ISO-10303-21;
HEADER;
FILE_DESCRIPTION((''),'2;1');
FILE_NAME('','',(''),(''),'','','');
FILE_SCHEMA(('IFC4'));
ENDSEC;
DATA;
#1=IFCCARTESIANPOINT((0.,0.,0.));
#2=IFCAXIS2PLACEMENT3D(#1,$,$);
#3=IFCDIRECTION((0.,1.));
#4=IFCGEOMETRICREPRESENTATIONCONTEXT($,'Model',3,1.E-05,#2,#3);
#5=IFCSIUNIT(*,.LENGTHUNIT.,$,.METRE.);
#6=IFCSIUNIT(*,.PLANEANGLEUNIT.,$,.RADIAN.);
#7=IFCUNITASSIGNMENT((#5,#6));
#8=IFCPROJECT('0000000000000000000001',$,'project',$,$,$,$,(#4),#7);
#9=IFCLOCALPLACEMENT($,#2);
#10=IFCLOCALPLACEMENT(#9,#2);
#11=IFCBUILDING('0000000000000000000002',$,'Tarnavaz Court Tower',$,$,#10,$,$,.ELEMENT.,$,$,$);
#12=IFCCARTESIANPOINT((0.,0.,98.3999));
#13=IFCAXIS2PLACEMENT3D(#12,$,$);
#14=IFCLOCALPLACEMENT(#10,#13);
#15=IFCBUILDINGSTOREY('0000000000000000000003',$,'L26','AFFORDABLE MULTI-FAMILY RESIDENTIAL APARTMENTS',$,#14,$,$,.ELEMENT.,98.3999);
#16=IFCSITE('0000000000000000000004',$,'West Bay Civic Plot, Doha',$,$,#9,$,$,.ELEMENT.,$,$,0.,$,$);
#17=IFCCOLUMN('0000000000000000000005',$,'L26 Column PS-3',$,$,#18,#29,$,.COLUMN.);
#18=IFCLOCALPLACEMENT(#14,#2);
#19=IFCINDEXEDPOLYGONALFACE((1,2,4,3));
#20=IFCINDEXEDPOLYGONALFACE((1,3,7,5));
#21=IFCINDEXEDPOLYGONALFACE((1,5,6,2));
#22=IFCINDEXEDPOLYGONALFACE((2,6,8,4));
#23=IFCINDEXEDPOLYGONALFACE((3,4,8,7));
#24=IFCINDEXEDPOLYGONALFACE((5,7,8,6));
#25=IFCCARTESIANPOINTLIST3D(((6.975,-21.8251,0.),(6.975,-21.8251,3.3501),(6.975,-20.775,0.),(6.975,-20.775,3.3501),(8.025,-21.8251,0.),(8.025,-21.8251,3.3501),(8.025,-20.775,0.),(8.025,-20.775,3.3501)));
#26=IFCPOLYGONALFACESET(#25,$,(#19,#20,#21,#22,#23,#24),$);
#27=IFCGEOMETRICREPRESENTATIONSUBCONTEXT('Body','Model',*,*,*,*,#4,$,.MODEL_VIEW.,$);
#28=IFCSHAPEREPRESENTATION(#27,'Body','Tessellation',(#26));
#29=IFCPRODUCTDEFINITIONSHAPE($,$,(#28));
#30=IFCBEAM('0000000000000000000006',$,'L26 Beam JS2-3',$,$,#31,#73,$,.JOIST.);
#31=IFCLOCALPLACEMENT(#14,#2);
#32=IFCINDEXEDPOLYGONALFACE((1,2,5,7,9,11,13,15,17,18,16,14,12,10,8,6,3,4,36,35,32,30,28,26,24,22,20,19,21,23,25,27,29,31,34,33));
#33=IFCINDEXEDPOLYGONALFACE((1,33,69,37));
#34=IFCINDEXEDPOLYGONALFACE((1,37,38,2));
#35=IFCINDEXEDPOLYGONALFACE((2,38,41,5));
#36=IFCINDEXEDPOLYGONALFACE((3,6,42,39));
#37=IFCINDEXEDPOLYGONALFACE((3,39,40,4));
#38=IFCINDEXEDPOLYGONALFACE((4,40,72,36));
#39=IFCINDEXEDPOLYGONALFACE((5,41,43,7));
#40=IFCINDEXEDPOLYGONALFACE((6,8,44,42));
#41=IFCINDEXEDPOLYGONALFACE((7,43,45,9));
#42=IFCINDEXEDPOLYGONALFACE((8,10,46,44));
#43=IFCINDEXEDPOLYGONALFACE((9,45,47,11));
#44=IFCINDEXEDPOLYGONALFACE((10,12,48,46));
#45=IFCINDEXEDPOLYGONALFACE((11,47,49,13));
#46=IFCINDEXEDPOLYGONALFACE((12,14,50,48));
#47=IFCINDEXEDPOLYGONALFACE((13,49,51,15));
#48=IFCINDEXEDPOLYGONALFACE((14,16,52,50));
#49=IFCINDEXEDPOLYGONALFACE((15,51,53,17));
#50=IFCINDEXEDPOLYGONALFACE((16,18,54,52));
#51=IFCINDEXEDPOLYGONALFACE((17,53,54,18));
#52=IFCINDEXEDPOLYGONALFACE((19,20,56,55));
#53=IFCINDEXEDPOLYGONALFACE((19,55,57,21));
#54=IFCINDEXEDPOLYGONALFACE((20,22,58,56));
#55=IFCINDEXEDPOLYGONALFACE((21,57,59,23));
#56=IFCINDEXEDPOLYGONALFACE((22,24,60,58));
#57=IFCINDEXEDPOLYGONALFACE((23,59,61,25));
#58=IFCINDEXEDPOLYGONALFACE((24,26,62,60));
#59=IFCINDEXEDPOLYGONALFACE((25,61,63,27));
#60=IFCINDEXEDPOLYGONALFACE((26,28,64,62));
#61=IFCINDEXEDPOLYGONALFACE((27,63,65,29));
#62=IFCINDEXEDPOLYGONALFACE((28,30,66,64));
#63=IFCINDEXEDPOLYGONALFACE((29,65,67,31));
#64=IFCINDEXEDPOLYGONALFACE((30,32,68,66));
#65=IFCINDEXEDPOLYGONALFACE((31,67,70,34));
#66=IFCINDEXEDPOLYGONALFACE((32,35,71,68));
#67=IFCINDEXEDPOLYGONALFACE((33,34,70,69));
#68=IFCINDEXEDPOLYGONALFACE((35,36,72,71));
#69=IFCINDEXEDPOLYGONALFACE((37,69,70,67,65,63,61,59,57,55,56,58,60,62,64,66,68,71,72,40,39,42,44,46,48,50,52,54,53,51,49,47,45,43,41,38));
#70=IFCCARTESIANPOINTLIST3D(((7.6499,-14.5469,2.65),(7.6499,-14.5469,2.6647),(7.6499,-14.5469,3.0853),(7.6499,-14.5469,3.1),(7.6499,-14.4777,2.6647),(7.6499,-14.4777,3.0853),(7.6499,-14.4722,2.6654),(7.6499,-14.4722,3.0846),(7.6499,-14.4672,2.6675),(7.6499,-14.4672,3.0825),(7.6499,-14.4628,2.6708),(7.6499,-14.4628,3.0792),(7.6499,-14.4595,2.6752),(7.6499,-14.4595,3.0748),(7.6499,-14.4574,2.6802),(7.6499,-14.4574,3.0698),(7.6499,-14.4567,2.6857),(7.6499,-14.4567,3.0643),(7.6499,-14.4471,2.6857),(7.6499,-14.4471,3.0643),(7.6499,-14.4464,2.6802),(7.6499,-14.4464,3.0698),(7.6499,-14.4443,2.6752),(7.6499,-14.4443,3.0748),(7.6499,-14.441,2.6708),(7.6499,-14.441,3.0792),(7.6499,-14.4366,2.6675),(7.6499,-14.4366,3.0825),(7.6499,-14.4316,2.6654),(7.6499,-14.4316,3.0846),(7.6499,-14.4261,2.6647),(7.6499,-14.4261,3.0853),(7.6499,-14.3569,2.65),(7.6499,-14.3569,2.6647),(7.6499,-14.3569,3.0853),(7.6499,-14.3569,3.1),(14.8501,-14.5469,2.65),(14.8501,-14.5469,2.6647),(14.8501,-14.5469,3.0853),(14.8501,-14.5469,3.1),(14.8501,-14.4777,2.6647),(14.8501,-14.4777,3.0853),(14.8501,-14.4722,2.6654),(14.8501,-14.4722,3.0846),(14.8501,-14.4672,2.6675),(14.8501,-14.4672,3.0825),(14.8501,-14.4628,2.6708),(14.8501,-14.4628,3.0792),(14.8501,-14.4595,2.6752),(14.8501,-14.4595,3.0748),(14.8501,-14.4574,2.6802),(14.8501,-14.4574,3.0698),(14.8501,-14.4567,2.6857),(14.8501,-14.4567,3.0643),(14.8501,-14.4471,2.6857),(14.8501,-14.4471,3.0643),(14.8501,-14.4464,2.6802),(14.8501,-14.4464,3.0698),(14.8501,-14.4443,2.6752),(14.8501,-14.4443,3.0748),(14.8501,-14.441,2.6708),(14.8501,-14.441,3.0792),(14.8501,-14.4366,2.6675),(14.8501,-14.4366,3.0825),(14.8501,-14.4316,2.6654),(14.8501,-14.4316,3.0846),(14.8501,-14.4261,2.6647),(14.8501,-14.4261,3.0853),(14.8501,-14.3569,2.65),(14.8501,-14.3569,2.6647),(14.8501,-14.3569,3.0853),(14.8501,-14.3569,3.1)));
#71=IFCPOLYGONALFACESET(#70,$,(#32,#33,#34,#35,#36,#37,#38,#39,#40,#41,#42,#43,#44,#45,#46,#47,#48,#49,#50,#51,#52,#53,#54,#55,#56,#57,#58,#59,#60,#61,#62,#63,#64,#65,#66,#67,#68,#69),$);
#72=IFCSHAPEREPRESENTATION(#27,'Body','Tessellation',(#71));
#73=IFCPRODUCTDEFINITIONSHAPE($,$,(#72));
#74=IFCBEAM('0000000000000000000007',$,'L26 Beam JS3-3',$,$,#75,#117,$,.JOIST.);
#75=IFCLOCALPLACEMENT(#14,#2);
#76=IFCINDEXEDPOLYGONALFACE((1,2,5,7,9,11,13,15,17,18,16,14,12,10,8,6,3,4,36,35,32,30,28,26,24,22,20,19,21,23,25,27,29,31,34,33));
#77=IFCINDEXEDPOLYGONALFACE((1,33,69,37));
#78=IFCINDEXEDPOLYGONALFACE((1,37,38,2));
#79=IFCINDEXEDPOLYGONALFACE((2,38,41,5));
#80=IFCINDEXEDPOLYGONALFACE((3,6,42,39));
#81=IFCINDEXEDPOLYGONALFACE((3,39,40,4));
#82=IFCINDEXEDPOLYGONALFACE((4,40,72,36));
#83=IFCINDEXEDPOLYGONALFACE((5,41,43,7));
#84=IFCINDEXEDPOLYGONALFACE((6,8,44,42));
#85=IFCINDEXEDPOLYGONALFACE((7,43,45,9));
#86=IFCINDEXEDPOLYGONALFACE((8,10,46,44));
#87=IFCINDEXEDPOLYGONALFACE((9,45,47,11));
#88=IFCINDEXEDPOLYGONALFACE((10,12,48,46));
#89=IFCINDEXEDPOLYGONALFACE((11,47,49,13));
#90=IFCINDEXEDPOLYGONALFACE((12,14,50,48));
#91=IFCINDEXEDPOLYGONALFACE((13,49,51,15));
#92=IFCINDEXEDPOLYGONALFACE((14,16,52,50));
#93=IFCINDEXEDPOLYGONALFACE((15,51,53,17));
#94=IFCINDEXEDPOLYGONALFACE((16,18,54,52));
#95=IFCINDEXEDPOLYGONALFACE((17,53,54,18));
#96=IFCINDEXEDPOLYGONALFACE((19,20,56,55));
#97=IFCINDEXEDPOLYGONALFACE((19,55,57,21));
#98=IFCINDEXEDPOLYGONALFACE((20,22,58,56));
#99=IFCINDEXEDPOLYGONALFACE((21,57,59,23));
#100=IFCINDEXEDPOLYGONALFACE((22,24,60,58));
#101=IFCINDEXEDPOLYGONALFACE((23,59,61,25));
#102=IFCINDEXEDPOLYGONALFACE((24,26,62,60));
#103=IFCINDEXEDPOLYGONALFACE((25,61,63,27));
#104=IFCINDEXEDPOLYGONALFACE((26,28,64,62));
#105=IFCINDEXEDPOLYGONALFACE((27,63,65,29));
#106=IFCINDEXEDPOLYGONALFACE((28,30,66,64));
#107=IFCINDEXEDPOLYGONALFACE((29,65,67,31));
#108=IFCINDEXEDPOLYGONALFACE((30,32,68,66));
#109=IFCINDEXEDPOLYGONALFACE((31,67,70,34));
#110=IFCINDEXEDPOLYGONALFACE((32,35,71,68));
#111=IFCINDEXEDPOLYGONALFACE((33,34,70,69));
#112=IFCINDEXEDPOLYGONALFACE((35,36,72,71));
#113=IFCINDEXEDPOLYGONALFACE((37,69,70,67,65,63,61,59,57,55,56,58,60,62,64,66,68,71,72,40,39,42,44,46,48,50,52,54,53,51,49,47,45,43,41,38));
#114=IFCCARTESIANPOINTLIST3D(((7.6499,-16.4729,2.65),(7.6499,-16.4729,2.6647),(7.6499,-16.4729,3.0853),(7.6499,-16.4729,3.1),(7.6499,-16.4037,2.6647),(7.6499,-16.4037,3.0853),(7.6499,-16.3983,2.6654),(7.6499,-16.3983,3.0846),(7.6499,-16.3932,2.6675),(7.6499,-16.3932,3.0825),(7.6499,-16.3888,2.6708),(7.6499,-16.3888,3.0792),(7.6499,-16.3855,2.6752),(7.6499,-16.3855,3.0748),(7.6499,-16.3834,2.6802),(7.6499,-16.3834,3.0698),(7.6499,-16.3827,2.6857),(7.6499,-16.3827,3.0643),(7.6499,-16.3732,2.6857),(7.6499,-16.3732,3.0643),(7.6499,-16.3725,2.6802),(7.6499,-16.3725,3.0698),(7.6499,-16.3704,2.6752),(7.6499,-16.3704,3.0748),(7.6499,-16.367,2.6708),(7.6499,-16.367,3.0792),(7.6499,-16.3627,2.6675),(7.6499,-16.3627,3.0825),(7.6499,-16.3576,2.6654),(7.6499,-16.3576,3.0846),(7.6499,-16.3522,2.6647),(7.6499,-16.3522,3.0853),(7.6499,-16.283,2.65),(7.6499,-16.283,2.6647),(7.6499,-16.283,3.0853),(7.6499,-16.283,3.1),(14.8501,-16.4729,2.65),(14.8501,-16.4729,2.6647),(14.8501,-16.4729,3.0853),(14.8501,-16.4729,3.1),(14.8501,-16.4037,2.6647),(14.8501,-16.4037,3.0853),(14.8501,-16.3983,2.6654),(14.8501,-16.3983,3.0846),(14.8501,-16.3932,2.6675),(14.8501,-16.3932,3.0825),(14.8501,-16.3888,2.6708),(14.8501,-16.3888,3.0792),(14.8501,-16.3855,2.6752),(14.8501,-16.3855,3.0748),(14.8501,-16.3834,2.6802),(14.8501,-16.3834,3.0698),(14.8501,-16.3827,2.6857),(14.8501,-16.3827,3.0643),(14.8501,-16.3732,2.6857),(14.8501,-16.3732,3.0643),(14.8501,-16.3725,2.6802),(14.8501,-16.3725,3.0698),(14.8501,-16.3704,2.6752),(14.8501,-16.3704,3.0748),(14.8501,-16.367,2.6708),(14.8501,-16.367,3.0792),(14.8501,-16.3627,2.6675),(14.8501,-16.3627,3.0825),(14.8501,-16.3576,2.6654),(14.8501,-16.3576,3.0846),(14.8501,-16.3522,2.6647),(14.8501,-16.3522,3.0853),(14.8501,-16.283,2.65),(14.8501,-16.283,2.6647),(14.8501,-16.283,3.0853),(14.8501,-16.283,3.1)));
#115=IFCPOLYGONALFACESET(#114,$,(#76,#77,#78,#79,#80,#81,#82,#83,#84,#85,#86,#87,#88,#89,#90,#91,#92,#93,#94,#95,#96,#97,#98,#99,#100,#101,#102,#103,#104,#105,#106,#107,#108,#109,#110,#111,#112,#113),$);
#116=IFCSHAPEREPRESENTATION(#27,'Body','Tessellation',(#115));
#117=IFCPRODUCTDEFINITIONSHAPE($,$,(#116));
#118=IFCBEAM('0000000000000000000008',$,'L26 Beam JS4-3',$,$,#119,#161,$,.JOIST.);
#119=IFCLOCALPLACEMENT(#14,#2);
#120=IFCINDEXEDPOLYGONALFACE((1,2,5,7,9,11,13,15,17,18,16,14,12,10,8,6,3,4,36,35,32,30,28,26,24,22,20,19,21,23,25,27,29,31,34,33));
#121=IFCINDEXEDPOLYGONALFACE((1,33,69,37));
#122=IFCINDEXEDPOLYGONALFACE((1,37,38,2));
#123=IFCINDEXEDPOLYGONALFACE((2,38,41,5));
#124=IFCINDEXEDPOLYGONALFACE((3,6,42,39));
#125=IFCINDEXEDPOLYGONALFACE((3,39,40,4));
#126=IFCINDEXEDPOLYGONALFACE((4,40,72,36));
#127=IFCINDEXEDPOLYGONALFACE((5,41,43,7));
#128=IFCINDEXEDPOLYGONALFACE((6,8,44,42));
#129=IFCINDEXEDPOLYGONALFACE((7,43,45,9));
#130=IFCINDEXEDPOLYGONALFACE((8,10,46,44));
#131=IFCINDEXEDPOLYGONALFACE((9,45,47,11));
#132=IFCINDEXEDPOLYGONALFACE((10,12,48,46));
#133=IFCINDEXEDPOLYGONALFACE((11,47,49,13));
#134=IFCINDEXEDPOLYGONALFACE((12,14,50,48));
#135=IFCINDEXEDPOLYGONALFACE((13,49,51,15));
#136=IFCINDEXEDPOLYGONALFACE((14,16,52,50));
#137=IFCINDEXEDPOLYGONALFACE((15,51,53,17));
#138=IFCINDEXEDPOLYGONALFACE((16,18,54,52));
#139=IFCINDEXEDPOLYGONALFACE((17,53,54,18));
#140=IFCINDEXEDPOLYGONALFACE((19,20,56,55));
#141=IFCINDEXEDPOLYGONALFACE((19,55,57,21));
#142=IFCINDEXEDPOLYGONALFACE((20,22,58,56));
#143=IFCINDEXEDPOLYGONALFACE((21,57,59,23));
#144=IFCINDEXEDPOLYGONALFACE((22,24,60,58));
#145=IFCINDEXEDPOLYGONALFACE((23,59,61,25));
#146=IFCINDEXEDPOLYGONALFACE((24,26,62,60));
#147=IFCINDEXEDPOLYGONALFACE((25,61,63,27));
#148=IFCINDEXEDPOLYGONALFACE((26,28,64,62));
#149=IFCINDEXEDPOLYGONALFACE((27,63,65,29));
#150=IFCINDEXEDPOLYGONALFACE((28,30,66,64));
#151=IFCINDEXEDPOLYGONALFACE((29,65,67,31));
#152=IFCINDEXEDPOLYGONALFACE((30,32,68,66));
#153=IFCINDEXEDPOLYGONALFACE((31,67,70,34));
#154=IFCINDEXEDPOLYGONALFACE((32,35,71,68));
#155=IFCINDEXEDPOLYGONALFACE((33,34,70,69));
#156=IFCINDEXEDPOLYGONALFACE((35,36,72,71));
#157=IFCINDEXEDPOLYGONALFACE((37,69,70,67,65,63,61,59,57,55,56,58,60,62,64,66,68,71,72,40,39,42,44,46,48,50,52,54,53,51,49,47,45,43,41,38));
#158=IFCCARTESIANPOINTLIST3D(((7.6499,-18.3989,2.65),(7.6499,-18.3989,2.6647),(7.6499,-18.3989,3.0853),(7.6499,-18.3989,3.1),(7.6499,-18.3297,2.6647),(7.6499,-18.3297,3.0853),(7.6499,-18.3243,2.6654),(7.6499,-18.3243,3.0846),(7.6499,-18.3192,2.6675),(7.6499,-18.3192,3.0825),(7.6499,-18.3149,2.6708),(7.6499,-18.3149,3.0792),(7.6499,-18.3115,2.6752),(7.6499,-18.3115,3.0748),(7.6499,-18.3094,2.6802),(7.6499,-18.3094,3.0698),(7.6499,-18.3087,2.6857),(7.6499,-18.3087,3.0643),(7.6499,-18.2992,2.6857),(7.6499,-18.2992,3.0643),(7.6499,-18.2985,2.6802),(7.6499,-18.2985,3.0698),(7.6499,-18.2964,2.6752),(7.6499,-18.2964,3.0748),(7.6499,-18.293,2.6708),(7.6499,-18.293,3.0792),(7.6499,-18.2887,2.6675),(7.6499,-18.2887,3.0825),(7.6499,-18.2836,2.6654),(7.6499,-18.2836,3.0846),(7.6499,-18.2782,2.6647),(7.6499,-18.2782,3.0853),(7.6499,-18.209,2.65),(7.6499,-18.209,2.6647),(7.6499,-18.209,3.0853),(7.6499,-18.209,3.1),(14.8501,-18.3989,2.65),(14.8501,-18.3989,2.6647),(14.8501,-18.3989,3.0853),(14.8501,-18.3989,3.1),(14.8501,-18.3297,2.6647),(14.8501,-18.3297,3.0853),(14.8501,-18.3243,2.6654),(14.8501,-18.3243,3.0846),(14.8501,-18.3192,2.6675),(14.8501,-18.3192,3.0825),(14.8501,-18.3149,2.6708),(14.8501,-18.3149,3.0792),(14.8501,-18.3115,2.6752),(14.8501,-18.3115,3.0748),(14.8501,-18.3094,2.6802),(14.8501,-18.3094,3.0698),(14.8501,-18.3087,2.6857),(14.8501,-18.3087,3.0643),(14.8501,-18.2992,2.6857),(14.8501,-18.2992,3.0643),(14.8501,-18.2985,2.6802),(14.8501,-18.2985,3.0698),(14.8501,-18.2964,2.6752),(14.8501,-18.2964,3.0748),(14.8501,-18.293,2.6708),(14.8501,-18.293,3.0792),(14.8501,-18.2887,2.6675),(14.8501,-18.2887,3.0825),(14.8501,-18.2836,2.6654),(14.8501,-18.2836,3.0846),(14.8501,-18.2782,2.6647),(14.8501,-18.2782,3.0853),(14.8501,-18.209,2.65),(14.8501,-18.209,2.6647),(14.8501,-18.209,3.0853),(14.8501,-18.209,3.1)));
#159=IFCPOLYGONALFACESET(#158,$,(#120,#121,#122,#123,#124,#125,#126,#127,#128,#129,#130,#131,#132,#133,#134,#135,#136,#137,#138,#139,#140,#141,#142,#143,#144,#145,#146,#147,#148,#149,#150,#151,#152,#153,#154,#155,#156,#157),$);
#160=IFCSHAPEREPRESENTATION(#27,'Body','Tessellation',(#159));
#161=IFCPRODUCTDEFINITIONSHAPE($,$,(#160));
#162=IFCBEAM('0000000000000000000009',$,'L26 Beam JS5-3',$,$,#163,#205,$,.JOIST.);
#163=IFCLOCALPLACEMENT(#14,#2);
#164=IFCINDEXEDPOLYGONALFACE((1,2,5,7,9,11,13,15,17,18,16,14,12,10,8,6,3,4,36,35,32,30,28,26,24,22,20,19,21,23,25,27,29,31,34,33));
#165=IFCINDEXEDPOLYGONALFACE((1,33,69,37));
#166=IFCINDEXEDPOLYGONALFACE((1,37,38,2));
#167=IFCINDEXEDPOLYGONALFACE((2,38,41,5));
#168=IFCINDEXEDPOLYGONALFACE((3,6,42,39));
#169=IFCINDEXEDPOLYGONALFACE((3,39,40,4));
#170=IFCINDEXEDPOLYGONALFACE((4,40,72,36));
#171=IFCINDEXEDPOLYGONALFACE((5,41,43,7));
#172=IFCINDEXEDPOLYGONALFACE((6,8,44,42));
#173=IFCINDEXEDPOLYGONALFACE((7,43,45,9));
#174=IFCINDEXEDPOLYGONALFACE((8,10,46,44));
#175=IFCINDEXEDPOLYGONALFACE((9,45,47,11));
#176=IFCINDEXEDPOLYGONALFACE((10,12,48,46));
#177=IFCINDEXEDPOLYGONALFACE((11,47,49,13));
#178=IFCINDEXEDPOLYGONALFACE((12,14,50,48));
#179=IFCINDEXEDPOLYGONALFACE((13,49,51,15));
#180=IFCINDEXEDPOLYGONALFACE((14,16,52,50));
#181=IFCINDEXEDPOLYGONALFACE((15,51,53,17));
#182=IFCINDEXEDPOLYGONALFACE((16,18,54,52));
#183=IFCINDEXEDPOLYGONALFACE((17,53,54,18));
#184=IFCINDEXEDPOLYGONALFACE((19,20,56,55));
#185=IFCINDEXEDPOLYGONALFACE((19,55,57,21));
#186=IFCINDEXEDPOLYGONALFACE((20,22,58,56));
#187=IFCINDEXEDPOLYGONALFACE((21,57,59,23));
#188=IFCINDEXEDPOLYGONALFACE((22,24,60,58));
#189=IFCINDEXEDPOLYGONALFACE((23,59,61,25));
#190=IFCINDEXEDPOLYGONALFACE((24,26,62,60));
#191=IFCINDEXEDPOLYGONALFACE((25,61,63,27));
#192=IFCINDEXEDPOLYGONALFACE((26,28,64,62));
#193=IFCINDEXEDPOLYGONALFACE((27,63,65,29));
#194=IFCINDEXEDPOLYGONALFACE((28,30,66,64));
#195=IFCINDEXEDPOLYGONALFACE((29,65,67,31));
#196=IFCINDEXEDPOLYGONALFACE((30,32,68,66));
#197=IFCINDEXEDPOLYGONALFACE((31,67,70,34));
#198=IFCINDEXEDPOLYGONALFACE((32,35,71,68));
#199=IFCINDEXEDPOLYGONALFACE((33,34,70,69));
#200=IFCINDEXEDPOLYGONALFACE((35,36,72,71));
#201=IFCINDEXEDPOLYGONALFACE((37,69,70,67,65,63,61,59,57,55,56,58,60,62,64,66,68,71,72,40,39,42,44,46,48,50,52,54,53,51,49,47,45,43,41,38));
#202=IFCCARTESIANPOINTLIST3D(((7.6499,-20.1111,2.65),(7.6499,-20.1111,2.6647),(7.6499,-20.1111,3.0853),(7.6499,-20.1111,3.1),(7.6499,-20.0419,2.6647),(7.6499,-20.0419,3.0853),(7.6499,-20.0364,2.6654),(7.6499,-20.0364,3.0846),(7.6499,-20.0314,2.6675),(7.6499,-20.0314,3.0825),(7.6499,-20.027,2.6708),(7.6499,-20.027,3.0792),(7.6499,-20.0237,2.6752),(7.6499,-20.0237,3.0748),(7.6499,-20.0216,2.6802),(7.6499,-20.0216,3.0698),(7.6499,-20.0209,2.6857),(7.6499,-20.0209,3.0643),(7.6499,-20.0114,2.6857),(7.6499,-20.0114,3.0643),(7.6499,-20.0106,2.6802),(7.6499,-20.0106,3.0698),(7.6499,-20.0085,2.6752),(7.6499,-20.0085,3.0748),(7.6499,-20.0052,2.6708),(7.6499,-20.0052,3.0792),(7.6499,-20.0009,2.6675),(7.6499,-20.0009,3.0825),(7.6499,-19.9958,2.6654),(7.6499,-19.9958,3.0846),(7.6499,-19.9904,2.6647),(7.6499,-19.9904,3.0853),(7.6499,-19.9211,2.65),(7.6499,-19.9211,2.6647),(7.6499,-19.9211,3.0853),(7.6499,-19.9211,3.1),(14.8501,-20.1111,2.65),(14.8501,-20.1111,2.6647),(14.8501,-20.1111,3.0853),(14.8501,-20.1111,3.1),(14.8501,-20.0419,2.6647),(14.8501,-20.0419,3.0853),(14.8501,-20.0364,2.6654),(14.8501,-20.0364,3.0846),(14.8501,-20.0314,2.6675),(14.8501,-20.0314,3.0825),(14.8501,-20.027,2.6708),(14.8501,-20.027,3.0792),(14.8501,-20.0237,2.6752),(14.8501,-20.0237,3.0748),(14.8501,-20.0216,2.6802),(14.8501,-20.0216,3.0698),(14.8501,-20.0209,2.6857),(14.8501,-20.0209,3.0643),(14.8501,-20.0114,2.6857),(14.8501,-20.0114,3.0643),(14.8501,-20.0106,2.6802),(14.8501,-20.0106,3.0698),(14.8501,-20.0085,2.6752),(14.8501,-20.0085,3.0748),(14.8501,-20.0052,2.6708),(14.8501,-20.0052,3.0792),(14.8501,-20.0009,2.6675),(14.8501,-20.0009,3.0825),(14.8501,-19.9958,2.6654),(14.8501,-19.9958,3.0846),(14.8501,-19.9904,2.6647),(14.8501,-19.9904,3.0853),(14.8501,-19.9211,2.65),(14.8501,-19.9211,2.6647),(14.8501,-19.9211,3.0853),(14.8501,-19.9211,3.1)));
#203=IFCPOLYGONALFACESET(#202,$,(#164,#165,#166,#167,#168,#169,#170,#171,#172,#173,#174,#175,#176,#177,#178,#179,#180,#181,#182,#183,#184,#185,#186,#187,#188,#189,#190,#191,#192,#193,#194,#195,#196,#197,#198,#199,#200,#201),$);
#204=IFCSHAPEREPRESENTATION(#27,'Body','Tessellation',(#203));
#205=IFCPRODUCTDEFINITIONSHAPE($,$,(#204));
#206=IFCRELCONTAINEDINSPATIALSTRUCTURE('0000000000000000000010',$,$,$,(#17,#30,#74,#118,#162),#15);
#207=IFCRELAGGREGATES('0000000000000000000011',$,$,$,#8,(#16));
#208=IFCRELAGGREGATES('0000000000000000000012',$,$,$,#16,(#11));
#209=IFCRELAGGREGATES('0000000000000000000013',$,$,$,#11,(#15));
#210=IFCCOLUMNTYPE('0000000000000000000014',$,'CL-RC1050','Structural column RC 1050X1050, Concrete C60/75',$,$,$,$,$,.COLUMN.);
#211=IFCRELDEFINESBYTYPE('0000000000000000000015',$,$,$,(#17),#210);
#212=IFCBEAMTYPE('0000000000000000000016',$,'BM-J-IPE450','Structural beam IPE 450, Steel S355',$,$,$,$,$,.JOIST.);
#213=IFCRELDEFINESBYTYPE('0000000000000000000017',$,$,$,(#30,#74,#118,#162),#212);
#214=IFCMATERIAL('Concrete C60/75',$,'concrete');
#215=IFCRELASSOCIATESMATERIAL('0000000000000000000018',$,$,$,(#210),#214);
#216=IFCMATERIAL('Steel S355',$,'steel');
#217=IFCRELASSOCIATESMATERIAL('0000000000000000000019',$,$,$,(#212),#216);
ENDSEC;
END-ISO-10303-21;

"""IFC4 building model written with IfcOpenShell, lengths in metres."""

from ifc_helpers import new_model, si_unit, direction, frame, origin, origin_2d, place, context, subcontext, project, spatial, rectangle, i_section, extrude, material, material_profile, profile_set, type_object, element, save


model = new_model("IFC4")

# Units and contexts
model_context = context("Model", 3, precision=1e-05, world=origin(), true_north=direction((0.0, 1.0)))
body_context = subcontext(model_context, "Body", "Model", "MODEL_VIEW")
ifc_project = project(units=[si_unit("LENGTHUNIT", "METRE"), si_unit("PLANEANGLEUNIT", "RADIAN")], contexts=[model_context])

# Site, building, storey
site_placement = place(None, origin())
site = spatial("IfcSite", under=ifc_project, at=site_placement, Name="West Bay Civic Plot, Doha", CompositionType="ELEMENT", RefElevation=0.0)
building_placement = place(site_placement, origin())
building = spatial("IfcBuilding", under=site, at=building_placement, Name="Tarnavaz Court Tower", CompositionType="ELEMENT")
storey_placement = place(building_placement, frame((0.0, 0.0, 98.3999)))
storey = spatial("IfcBuildingStorey", under=building, at=storey_placement, Name="L26", Description="AFFORDABLE MULTI-FAMILY RESIDENTIAL APARTMENTS", CompositionType="ELEMENT", Elevation=98.3999)

# Column
ifc_material_1 = material(Name="Concrete C60/75", Category="concrete")
ifc_material_profile_1 = material_profile(ifc_material_1, rectangle(XDim=1.05, YDim=1.05, at=origin_2d()), Name="RC 1050X1050")
ifc_profile_set_1 = profile_set([ifc_material_profile_1], Name="Concrete C60/75")
column_type = type_object("IfcColumnType", Name="CL-RC1050", Description="Structural column RC 1050X1050, Concrete C60/75", PredefinedType="COLUMN", material=ifc_profile_set_1)
column_placement = place(storey_placement, frame((7.5, -21.3, 0.0), z_axis=(0.0, 0.0, 1.0), x_axis=(1.0, 0.0, 0.0)))
element("IfcColumn", 1, at=column_placement, inside=storey, type_object=column_type, Name="L26 Column PS-3", PredefinedType="COLUMN", context=body_context, shape_type="SweptSolid", body=[
    extrude(rectangle(XDim=1.05, YDim=1.05, at=origin_2d()), origin(), (0.0, 0.0, 1.0), 3.3501),
])

# Beams
ifc_material_2 = material(Name="Steel S355", Category="steel")
ifc_material_profile_2 = material_profile(ifc_material_2, i_section(OverallWidth=0.1899, OverallDepth=0.45, WebThickness=0.0095, FlangeThickness=0.0146, FilletRadius=0.021, at=origin_2d()), Name="IPE 450")
ifc_profile_set_2 = profile_set([ifc_material_profile_2], Name="Steel S355")
beam_type_1 = type_object("IfcBeamType", Name="BM-J-IPE450", Description="Structural beam IPE 450, Steel S355", PredefinedType="JOIST", material=ifc_profile_set_2)
for number, where, z_axis, x_axis, name in (
    (2, (7.6499, -14.4519, 2.875), (1.0, 0.0, 0.0), (0.0, 1.0, 0.0), "L26 Beam JS2-3"),
    (3, (7.6499, -16.3779, 2.875), (1.0, 0.0, 0.0), (0.0, 1.0, 0.0), "L26 Beam JS3-3"),
    (4, (7.6499, -18.304, 2.875), (1.0, 0.0, 0.0), (0.0, 1.0, 0.0), "L26 Beam JS4-3"),
    (5, (7.6499, -20.0161, 2.875), (1.0, 0.0, 0.0), (0.0, 1.0, 0.0), "L26 Beam JS5-3"),
):
    element("IfcBeam", number, at=place(storey_placement, frame(where, z_axis=z_axis, x_axis=x_axis)), inside=storey, type_object=beam_type_1, Name=name, PredefinedType="JOIST", context=body_context, shape_type="SweptSolid", body=[
        extrude(i_section(OverallWidth=0.1899, OverallDepth=0.45, WebThickness=0.0095, FlangeThickness=0.0146, FilletRadius=0.021, at=origin_2d()), origin(), (0.0, 0.0, 1.0), 7.2002),
    ])

save(model, "model.ifc")
